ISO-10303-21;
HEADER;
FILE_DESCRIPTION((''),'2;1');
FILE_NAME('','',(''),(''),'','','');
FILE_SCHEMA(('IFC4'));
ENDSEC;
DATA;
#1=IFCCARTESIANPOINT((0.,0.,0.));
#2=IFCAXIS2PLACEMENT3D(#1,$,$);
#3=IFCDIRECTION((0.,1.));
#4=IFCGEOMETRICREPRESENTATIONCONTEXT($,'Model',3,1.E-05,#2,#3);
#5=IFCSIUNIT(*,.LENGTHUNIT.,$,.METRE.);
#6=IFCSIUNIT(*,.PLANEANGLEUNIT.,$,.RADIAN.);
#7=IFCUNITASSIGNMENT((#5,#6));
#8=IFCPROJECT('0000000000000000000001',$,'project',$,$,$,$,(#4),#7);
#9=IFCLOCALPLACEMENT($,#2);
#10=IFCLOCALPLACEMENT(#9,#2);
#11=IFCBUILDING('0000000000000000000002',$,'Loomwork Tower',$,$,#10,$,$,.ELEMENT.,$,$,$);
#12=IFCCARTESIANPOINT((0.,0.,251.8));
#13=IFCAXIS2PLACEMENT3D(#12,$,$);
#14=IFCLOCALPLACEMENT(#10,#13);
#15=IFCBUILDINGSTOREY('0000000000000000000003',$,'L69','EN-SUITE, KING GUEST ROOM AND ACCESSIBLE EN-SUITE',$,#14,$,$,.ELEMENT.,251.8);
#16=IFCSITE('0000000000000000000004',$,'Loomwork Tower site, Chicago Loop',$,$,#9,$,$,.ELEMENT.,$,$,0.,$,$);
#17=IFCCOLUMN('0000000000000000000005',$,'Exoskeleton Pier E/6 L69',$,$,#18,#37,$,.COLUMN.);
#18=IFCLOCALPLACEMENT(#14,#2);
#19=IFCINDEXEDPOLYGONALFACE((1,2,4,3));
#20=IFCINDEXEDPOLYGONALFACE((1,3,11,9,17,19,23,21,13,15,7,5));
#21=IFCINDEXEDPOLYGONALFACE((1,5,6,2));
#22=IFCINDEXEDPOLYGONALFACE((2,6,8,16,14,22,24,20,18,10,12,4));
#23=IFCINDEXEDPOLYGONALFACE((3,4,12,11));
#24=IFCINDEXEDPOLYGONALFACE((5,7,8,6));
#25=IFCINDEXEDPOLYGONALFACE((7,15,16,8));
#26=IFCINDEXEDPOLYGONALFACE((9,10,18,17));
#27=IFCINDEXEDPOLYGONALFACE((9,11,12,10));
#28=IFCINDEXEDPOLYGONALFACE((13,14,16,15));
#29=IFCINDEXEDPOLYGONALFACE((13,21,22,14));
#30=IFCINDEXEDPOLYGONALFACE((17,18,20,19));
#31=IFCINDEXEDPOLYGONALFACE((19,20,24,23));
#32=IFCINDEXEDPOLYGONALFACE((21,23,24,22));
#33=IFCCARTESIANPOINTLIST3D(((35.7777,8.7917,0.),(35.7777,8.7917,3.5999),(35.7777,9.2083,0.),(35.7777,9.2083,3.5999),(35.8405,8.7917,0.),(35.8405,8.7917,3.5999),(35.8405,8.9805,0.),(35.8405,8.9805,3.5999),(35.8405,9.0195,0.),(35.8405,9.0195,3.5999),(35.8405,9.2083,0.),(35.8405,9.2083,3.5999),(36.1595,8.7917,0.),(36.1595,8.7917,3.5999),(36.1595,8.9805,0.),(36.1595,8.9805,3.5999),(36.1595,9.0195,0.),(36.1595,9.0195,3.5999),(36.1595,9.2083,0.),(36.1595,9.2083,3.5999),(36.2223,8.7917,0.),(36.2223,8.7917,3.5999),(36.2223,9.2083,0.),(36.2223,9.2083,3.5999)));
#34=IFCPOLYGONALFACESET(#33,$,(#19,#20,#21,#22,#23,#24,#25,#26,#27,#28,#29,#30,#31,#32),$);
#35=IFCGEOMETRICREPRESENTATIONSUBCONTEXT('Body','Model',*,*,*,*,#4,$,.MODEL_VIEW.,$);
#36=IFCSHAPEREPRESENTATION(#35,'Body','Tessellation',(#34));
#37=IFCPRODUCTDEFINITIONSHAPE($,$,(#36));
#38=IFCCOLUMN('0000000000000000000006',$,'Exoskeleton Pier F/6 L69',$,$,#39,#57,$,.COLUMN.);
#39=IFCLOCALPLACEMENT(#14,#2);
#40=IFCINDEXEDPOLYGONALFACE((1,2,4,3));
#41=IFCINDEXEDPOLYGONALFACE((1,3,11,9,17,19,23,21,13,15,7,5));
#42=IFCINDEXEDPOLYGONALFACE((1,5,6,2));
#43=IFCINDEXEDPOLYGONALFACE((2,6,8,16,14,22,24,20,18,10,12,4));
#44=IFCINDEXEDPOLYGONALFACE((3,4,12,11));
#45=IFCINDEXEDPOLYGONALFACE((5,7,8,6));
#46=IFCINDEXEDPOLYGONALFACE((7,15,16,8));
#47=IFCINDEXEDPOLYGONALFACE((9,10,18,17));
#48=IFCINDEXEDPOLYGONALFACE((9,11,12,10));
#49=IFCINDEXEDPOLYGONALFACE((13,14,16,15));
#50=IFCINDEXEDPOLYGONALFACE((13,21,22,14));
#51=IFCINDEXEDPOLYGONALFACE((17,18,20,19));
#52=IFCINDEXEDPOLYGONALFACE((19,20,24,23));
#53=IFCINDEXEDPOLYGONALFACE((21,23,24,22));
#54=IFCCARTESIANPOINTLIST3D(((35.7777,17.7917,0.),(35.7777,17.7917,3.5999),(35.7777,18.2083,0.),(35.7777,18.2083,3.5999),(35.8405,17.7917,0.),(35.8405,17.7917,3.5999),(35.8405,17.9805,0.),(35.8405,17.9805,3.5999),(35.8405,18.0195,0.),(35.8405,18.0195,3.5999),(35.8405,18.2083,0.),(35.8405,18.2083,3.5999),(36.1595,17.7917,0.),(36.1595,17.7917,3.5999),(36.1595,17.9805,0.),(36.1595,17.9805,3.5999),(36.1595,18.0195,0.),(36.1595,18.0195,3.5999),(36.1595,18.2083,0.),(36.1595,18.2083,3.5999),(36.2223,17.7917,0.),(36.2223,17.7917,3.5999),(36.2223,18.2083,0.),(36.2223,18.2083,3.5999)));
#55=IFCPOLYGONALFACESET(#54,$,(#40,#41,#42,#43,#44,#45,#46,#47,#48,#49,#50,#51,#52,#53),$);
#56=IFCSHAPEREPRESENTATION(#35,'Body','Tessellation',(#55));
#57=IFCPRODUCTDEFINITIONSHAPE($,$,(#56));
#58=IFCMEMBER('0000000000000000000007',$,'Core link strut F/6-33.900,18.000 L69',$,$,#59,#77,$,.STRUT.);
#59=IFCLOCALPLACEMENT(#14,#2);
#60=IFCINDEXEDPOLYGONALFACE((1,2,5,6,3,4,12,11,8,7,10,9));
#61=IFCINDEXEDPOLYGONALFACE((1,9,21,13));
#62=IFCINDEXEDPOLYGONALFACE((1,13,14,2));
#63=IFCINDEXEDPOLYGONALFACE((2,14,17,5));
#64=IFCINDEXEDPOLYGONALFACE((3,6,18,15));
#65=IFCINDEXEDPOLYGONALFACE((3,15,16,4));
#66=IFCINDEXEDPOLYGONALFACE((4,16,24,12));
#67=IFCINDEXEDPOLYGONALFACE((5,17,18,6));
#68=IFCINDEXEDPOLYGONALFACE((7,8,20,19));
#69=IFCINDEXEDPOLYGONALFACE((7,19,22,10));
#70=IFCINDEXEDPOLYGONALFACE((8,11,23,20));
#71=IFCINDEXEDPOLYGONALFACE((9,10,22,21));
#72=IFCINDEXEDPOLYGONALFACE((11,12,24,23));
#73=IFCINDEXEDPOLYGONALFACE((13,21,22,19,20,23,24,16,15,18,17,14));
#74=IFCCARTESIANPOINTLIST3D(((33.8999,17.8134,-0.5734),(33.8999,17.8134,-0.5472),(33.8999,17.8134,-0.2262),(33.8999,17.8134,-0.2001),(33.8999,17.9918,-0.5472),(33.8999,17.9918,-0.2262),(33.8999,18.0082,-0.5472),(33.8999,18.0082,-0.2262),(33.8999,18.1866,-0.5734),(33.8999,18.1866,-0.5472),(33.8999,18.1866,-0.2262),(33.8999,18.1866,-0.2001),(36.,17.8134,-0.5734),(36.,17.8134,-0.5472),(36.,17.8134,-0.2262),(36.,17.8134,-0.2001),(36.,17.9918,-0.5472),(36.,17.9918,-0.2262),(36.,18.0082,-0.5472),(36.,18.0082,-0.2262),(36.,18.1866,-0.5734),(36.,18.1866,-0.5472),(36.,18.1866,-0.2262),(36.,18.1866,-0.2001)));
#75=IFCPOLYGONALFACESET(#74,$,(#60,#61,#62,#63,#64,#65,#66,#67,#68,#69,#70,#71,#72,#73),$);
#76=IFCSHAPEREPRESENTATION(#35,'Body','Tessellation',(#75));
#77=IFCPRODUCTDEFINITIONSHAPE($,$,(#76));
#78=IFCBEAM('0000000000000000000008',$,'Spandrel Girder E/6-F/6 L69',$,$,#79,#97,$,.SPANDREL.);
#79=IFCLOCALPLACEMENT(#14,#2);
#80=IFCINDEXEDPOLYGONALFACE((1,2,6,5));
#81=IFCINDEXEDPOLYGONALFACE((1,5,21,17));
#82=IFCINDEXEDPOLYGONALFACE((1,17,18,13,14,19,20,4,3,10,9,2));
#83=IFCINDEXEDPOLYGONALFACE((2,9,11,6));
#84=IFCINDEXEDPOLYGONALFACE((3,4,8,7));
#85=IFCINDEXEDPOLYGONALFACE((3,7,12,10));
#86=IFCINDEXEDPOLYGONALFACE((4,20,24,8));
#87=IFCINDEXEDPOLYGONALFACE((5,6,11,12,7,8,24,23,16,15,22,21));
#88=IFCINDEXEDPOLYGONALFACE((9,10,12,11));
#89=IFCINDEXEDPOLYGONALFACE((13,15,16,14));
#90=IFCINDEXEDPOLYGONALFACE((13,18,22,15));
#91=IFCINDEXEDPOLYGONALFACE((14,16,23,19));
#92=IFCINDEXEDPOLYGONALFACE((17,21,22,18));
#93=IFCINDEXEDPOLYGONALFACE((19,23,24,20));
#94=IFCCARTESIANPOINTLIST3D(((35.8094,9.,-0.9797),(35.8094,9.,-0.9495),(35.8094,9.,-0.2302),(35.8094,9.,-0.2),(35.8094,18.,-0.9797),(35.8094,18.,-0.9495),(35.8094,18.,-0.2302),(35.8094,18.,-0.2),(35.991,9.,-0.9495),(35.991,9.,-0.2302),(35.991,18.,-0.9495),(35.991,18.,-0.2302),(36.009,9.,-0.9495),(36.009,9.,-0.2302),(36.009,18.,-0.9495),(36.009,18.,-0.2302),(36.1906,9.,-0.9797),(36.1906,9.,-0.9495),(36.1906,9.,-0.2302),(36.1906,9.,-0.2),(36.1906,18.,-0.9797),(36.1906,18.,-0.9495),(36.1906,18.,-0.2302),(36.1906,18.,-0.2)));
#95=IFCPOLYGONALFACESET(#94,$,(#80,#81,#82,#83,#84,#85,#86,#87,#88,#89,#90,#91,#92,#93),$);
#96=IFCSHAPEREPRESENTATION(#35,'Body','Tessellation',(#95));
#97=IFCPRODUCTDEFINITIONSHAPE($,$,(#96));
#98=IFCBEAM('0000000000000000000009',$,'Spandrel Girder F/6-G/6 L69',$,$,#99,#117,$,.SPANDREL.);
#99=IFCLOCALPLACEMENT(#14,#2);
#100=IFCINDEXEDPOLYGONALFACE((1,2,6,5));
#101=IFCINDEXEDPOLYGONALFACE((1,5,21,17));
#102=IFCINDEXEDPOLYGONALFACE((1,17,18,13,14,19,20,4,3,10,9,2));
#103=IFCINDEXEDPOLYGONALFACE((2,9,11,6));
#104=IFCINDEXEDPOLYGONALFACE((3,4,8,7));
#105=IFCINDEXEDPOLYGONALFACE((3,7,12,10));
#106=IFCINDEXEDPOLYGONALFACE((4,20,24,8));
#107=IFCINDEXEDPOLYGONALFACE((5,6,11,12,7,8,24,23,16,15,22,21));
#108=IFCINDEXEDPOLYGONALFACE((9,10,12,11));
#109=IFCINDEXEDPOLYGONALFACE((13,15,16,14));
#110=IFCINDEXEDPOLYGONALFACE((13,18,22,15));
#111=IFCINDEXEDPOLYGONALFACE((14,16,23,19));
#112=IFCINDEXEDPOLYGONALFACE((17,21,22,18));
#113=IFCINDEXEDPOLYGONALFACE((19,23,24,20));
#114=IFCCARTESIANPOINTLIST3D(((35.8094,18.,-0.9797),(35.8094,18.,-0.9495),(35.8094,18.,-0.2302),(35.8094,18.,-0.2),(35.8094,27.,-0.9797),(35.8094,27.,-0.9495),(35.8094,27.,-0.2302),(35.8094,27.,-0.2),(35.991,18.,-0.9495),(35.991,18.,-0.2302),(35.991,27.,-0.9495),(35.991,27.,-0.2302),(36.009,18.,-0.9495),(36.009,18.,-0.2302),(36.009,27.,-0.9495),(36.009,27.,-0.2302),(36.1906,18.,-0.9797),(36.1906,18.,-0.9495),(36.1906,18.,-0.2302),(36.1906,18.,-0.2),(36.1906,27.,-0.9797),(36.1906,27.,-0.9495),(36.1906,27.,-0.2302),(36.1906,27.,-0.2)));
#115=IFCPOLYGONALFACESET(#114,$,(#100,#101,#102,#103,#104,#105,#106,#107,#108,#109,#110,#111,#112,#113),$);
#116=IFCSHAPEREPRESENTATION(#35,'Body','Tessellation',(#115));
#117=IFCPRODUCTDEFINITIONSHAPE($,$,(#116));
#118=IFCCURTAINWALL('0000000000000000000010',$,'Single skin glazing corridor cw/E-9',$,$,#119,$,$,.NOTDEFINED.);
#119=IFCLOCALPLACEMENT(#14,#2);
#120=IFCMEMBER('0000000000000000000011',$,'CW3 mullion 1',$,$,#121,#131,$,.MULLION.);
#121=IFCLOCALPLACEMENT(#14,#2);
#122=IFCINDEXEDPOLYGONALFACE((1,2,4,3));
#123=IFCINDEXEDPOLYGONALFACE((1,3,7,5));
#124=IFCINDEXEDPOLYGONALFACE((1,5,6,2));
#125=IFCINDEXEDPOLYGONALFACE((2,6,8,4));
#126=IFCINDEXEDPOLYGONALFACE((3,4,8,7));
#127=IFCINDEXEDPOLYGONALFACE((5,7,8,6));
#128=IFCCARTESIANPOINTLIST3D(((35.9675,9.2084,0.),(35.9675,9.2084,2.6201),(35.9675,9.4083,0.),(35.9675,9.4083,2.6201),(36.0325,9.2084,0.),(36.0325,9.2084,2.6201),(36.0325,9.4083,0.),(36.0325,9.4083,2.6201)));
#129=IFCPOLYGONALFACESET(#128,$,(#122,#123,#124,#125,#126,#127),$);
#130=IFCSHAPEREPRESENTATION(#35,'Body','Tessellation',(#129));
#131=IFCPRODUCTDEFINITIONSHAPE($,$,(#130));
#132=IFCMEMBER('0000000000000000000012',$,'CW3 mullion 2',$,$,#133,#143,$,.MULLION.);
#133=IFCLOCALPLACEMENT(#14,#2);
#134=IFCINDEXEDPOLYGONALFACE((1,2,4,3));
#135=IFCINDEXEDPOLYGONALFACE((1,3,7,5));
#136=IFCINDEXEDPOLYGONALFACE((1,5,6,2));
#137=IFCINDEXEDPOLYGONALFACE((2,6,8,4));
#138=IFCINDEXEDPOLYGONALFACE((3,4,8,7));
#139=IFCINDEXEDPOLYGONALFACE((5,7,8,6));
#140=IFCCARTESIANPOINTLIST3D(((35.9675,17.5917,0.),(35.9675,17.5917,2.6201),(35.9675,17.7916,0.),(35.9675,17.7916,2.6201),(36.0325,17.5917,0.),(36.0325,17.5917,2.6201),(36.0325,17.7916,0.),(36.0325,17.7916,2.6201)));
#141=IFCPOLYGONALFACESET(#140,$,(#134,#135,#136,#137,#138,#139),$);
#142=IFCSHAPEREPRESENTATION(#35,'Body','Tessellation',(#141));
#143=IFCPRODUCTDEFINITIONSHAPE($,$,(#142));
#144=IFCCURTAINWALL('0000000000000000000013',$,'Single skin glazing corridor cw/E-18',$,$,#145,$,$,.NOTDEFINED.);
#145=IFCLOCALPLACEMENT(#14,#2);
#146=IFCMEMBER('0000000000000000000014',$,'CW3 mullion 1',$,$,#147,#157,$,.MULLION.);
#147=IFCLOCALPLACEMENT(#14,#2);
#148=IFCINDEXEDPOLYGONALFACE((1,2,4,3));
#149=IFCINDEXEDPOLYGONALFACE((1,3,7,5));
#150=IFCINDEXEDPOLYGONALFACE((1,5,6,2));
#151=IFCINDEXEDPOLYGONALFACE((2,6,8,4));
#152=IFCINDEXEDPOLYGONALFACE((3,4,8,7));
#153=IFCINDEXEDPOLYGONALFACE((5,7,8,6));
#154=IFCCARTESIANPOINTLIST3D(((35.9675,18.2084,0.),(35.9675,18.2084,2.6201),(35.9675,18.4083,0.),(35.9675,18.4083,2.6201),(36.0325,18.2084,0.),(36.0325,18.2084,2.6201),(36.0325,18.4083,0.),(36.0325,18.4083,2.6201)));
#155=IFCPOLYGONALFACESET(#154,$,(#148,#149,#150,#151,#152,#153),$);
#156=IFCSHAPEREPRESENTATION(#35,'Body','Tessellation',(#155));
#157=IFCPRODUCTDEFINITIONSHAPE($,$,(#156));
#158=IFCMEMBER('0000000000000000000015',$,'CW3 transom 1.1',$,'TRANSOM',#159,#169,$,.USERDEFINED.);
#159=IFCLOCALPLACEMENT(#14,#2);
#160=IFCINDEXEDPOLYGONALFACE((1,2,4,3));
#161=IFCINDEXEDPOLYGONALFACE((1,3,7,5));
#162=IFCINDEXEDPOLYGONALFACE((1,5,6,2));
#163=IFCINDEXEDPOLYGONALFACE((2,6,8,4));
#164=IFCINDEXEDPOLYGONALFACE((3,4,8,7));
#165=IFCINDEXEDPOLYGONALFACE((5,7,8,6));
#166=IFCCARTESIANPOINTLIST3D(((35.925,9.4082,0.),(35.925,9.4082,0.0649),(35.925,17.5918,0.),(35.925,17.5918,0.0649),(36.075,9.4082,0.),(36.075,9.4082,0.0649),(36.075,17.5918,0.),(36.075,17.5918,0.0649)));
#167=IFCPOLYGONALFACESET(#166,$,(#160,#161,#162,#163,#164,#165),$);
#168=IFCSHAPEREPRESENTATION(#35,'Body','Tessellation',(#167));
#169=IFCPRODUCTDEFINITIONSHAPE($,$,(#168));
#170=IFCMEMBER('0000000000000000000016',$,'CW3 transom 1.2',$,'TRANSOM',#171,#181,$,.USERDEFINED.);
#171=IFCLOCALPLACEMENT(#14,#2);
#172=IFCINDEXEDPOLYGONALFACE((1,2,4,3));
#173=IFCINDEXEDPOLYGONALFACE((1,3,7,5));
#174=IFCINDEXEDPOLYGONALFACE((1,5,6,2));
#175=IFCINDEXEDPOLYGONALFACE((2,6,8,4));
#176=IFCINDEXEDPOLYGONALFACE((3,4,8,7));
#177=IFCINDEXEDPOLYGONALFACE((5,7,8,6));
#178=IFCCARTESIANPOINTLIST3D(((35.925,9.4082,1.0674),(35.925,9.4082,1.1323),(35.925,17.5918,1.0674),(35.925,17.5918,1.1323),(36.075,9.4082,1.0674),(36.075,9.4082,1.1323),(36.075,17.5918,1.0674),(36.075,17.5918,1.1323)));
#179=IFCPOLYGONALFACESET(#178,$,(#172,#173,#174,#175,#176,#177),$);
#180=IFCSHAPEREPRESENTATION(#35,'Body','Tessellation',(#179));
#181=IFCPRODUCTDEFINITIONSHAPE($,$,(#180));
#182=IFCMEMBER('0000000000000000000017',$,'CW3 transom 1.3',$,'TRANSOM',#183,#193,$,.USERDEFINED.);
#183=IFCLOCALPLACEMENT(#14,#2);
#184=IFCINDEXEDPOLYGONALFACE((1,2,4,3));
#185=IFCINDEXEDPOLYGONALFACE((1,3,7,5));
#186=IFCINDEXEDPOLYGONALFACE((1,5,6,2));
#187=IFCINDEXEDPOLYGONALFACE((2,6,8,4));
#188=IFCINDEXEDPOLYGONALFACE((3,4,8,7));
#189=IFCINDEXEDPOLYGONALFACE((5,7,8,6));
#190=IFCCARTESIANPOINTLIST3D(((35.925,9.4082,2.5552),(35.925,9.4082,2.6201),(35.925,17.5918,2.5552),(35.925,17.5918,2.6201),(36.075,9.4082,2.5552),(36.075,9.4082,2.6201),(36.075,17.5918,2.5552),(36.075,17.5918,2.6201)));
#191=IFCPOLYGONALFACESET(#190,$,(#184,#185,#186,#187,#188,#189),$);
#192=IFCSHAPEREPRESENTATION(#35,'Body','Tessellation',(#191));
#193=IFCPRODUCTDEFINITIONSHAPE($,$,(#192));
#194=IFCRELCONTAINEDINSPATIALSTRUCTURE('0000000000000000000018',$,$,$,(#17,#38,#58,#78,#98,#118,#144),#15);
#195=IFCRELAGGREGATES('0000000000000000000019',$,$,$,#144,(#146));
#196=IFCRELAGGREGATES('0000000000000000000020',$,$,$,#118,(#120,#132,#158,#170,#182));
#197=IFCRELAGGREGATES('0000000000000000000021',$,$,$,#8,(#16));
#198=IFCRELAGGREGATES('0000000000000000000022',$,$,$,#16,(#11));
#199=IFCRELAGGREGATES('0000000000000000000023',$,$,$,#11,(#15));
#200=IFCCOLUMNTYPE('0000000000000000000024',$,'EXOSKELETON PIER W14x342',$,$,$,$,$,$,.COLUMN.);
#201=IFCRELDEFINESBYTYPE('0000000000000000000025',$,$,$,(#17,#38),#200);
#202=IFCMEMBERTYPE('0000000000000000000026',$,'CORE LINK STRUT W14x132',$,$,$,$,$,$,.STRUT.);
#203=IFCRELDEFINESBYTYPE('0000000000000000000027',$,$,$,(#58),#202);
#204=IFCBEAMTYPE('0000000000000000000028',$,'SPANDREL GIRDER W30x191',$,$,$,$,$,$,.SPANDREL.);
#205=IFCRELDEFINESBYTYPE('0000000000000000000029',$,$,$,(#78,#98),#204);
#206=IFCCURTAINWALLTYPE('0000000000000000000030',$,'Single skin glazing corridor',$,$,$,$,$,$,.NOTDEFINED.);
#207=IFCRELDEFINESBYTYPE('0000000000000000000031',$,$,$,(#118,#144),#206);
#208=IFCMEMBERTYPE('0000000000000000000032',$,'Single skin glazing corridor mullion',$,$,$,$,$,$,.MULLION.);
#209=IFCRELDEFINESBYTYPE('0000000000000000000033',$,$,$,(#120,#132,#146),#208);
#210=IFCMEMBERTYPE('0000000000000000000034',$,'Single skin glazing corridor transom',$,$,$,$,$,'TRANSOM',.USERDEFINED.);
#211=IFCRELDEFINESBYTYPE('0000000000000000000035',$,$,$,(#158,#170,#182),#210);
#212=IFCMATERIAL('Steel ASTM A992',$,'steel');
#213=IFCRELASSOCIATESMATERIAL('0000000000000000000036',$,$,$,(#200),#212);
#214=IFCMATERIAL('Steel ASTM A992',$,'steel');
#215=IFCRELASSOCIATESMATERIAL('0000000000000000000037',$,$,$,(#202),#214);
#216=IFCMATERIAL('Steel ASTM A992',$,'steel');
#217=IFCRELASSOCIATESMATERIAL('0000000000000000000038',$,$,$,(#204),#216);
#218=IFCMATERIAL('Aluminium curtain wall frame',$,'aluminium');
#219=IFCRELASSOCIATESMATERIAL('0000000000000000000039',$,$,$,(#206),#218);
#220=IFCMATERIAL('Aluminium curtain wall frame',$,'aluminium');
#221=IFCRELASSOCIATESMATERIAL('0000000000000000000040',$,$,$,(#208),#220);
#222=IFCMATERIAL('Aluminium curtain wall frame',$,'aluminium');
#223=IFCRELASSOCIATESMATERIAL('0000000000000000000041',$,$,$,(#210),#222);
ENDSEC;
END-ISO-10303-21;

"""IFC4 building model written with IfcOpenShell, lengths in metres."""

from ifc_helpers import new_model, si_unit, direction, frame, origin, origin_2d, place, context, subcontext, project, spatial, rectangle, i_section, extrude, material, material_profile, profile_set, type_object, element, aggregate, save


model = new_model("IFC4")

# Units and contexts
model_context = context("Model", 3, precision=1e-05, world=origin(), true_north=direction((0.0, 1.0)))
body_context = subcontext(model_context, "Body", "Model", "MODEL_VIEW")
ifc_project = project(units=[si_unit("LENGTHUNIT", "METRE"), si_unit("PLANEANGLEUNIT", "RADIAN")], contexts=[model_context])

# Site, building, storey
site_placement = place(None, origin())
site = spatial("IfcSite", under=ifc_project, at=site_placement, Name="Loomwork Tower site, Chicago Loop", CompositionType="ELEMENT", RefElevation=0.0)
building_placement = place(site_placement, origin())
building = spatial("IfcBuilding", under=site, at=building_placement, Name="Loomwork Tower", CompositionType="ELEMENT")
storey_placement = place(building_placement, frame((0.0, 0.0, 251.8)))
storey = spatial("IfcBuildingStorey", under=building, at=storey_placement, Name="L69", Description="EN-SUITE, KING GUEST ROOM AND ACCESSIBLE EN-SUITE", CompositionType="ELEMENT", Elevation=251.8)

# Columns
ifc_material_1 = material(Name="Steel ASTM A992", Category="steel")
ifc_material_profile_1 = material_profile(ifc_material_1, i_section(OverallWidth=0.4165, OverallDepth=0.4446, WebThickness=0.0391, FlangeThickness=0.0627, at=origin_2d()), Name="W14x342")
ifc_profile_set_1 = profile_set([ifc_material_profile_1], Name="Steel ASTM A992")
column_type = type_object("IfcColumnType", Name="EXOSKELETON PIER W14x342", PredefinedType="COLUMN", material=ifc_profile_set_1)
for number, where, z_axis, x_axis, name in (
    (1, (36.0, 9.0, 0.0), (0.0, 0.0, 1.0), (0.0, 1.0, 0.0), "Exoskeleton Pier E/6 L69"),
    (2, (36.0, 18.0, 0.0), (0.0, 0.0, 1.0), (0.0, 1.0, 0.0), "Exoskeleton Pier F/6 L69"),
):
    element("IfcColumn", number, at=place(storey_placement, frame(where, z_axis=z_axis, x_axis=x_axis)), inside=storey, type_object=column_type, Name=name, PredefinedType="COLUMN", context=body_context, shape_type="SweptSolid", body=[
        extrude(i_section(OverallWidth=0.4165, OverallDepth=0.4446, WebThickness=0.0391, FlangeThickness=0.0627, at=origin_2d()), origin(), (0.0, 0.0, 1.0), 3.5999),
    ])

# Member
ifc_material_2 = material(Name="Steel ASTM A992", Category="steel")
ifc_material_profile_2 = material_profile(ifc_material_2, i_section(OverallWidth=0.3733, OverallDepth=0.3733, WebThickness=0.0164, FlangeThickness=0.0261, at=origin_2d()), Name="W14x132")
ifc_profile_set_2 = profile_set([ifc_material_profile_2], Name="Steel ASTM A992")
member_type_1 = type_object("IfcMemberType", Name="CORE LINK STRUT W14x132", PredefinedType="STRUT", material=ifc_profile_set_2)
member_1_placement = place(storey_placement, frame((36.0, 18.0, -0.3867), z_axis=(-1.0, 0.0, 0.0), x_axis=(0.0, -1.0, 0.0)))
element("IfcMember", 3, at=member_1_placement, inside=storey, type_object=member_type_1, Name="Core link strut F/6-33.900,18.000 L69", PredefinedType="STRUT", context=body_context, shape_type="SweptSolid", body=[
    extrude(i_section(OverallWidth=0.3733, OverallDepth=0.3733, WebThickness=0.0164, FlangeThickness=0.0261, at=origin_2d()), origin(), (0.0, 0.0, 1.0), 2.1001),
])

# Beams
ifc_material_3 = material(Name="Steel ASTM A992", Category="steel")
ifc_material_profile_3 = material_profile(ifc_material_3, i_section(OverallWidth=0.3811, OverallDepth=0.7798, WebThickness=0.0181, FlangeThickness=0.0303, at=origin_2d()), Name="W30x191")
ifc_profile_set_3 = profile_set([ifc_material_profile_3], Name="Steel ASTM A992")
beam_type = type_object("IfcBeamType", Name="SPANDREL GIRDER W30x191", PredefinedType="SPANDREL", material=ifc_profile_set_3)
for number, where, z_axis, x_axis, name in (
    (4, (36.0, 9.0, -0.5898), (0.0, 1.0, 0.0), (-1.0, 0.0, 0.0), "Spandrel Girder E/6-F/6 L69"),
    (5, (36.0, 18.0, -0.5898), (0.0, 1.0, 0.0), (-1.0, 0.0, 0.0), "Spandrel Girder F/6-G/6 L69"),
):
    element("IfcBeam", number, at=place(storey_placement, frame(where, z_axis=z_axis, x_axis=x_axis)), inside=storey, type_object=beam_type, Name=name, PredefinedType="SPANDREL", context=body_context, shape_type="SweptSolid", body=[
        extrude(i_section(OverallWidth=0.3811, OverallDepth=0.7798, WebThickness=0.0181, FlangeThickness=0.0303, at=origin_2d()), origin(), (0.0, 0.0, 1.0), 9.0),
    ])

# Curtain wall, members
ifc_material_4 = material(Name="Aluminium curtain wall frame", Category="aluminium")
curtain_wall_type = type_object("IfcCurtainWallType", Name="Single skin glazing corridor", PredefinedType="NOTDEFINED", material=ifc_material_4)
curtain_wall_1_placement = place(storey_placement, origin())
curtain_wall_1 = element("IfcCurtainWall", 6, at=curtain_wall_1_placement, inside=storey, type_object=curtain_wall_type, Name="Single skin glazing corridor cw/E-9", PredefinedType="NOTDEFINED")
ifc_material_5 = material(Name="Aluminium curtain wall frame", Category="aluminium")
ifc_material_profile_4 = material_profile(ifc_material_5, rectangle(XDim=0.0649, YDim=0.2, at=origin_2d()), Name="AL 65x200")
ifc_profile_set_4 = profile_set([ifc_material_profile_4], Name="Aluminium curtain wall frame")
member_type_2 = type_object("IfcMemberType", Name="Single skin glazing corridor mullion", PredefinedType="MULLION", material=ifc_profile_set_4)
member_2_placement = place(storey_placement, frame((36.0, 9.3083, 0.0), z_axis=(0.0, 0.0, 1.0), x_axis=(-1.0, 0.0, 0.0)))
member_2 = element("IfcMember", 7, at=member_2_placement, type_object=member_type_2, Name="CW3 mullion 1", PredefinedType="MULLION", context=body_context, shape_type="SweptSolid", body=[
    extrude(rectangle(XDim=0.0649, YDim=0.2, at=origin_2d()), origin(), (0.0, 0.0, 1.0), 2.6201),
])
member_3_placement = place(storey_placement, frame((36.0, 17.6917, 0.0), z_axis=(0.0, 0.0, 1.0), x_axis=(-1.0, 0.0, 0.0)))
member_3 = element("IfcMember", 8, at=member_3_placement, type_object=member_type_2, Name="CW3 mullion 2", PredefinedType="MULLION", context=body_context, shape_type="SweptSolid", body=[
    extrude(rectangle(XDim=0.0649, YDim=0.2, at=origin_2d()), origin(), (0.0, 0.0, 1.0), 2.6201),
])

# Curtain wall, member
curtain_wall_2_placement = place(storey_placement, origin())
curtain_wall_2 = element("IfcCurtainWall", 9, at=curtain_wall_2_placement, inside=storey, type_object=curtain_wall_type, Name="Single skin glazing corridor cw/E-18", PredefinedType="NOTDEFINED")
member_4_placement = place(storey_placement, frame((36.0, 18.3083, 0.0), z_axis=(0.0, 0.0, 1.0), x_axis=(-1.0, 0.0, 0.0)))
member_4 = element("IfcMember", 10, at=member_4_placement, type_object=member_type_2, Name="CW3 mullion 1", PredefinedType="MULLION", context=body_context, shape_type="SweptSolid", body=[
    extrude(rectangle(XDim=0.0649, YDim=0.2, at=origin_2d()), origin(), (0.0, 0.0, 1.0), 2.6201),
])
aggregate(curtain_wall_2, [member_4])

# Members
ifc_material_6 = material(Name="Aluminium curtain wall frame", Category="aluminium")
ifc_material_profile_5 = material_profile(ifc_material_6, rectangle(XDim=0.1499, YDim=0.0649, at=origin_2d()), Name="AL 65x150")
ifc_profile_set_5 = profile_set([ifc_material_profile_5], Name="Aluminium curtain wall frame")
member_type_3 = type_object("IfcMemberType", Name="Single skin glazing corridor transom", ElementType="TRANSOM", PredefinedType="USERDEFINED", material=ifc_profile_set_5)
member_5_placement = place(storey_placement, frame((36.0, 9.4082, 0.0325), z_axis=(0.0, 1.0, 0.0), x_axis=(-1.0, 0.0, 0.0)))
member_5 = element("IfcMember", 11, at=member_5_placement, type_object=member_type_3, Name="CW3 transom 1.1", ObjectType="TRANSOM", PredefinedType="USERDEFINED", context=body_context, shape_type="SweptSolid", body=[
    extrude(rectangle(XDim=0.1499, YDim=0.0649, at=origin_2d()), origin(), (0.0, 0.0, 1.0), 8.1836),
])
member_6_placement = place(storey_placement, frame((36.0, 9.4082, 1.0999), z_axis=(0.0, 1.0, 0.0), x_axis=(-1.0, 0.0, 0.0)))
member_6 = element("IfcMember", 12, at=member_6_placement, type_object=member_type_3, Name="CW3 transom 1.2", ObjectType="TRANSOM", PredefinedType="USERDEFINED", context=body_context, shape_type="SweptSolid", body=[
    extrude(rectangle(XDim=0.1499, YDim=0.0649, at=origin_2d()), origin(), (0.0, 0.0, 1.0), 8.1836),
])
member_7_placement = place(storey_placement, frame((36.0, 9.4082, 2.5876), z_axis=(0.0, 1.0, 0.0), x_axis=(-1.0, 0.0, 0.0)))
member_7 = element("IfcMember", 13, at=member_7_placement, type_object=member_type_3, Name="CW3 transom 1.3", ObjectType="TRANSOM", PredefinedType="USERDEFINED", context=body_context, shape_type="SweptSolid", body=[
    extrude(rectangle(XDim=0.1499, YDim=0.0649, at=origin_2d()), origin(), (0.0, 0.0, 1.0), 8.1836),
])

aggregate(curtain_wall_1, [member_2, member_3, member_5, member_6, member_7])

save(model, "model.ifc")
